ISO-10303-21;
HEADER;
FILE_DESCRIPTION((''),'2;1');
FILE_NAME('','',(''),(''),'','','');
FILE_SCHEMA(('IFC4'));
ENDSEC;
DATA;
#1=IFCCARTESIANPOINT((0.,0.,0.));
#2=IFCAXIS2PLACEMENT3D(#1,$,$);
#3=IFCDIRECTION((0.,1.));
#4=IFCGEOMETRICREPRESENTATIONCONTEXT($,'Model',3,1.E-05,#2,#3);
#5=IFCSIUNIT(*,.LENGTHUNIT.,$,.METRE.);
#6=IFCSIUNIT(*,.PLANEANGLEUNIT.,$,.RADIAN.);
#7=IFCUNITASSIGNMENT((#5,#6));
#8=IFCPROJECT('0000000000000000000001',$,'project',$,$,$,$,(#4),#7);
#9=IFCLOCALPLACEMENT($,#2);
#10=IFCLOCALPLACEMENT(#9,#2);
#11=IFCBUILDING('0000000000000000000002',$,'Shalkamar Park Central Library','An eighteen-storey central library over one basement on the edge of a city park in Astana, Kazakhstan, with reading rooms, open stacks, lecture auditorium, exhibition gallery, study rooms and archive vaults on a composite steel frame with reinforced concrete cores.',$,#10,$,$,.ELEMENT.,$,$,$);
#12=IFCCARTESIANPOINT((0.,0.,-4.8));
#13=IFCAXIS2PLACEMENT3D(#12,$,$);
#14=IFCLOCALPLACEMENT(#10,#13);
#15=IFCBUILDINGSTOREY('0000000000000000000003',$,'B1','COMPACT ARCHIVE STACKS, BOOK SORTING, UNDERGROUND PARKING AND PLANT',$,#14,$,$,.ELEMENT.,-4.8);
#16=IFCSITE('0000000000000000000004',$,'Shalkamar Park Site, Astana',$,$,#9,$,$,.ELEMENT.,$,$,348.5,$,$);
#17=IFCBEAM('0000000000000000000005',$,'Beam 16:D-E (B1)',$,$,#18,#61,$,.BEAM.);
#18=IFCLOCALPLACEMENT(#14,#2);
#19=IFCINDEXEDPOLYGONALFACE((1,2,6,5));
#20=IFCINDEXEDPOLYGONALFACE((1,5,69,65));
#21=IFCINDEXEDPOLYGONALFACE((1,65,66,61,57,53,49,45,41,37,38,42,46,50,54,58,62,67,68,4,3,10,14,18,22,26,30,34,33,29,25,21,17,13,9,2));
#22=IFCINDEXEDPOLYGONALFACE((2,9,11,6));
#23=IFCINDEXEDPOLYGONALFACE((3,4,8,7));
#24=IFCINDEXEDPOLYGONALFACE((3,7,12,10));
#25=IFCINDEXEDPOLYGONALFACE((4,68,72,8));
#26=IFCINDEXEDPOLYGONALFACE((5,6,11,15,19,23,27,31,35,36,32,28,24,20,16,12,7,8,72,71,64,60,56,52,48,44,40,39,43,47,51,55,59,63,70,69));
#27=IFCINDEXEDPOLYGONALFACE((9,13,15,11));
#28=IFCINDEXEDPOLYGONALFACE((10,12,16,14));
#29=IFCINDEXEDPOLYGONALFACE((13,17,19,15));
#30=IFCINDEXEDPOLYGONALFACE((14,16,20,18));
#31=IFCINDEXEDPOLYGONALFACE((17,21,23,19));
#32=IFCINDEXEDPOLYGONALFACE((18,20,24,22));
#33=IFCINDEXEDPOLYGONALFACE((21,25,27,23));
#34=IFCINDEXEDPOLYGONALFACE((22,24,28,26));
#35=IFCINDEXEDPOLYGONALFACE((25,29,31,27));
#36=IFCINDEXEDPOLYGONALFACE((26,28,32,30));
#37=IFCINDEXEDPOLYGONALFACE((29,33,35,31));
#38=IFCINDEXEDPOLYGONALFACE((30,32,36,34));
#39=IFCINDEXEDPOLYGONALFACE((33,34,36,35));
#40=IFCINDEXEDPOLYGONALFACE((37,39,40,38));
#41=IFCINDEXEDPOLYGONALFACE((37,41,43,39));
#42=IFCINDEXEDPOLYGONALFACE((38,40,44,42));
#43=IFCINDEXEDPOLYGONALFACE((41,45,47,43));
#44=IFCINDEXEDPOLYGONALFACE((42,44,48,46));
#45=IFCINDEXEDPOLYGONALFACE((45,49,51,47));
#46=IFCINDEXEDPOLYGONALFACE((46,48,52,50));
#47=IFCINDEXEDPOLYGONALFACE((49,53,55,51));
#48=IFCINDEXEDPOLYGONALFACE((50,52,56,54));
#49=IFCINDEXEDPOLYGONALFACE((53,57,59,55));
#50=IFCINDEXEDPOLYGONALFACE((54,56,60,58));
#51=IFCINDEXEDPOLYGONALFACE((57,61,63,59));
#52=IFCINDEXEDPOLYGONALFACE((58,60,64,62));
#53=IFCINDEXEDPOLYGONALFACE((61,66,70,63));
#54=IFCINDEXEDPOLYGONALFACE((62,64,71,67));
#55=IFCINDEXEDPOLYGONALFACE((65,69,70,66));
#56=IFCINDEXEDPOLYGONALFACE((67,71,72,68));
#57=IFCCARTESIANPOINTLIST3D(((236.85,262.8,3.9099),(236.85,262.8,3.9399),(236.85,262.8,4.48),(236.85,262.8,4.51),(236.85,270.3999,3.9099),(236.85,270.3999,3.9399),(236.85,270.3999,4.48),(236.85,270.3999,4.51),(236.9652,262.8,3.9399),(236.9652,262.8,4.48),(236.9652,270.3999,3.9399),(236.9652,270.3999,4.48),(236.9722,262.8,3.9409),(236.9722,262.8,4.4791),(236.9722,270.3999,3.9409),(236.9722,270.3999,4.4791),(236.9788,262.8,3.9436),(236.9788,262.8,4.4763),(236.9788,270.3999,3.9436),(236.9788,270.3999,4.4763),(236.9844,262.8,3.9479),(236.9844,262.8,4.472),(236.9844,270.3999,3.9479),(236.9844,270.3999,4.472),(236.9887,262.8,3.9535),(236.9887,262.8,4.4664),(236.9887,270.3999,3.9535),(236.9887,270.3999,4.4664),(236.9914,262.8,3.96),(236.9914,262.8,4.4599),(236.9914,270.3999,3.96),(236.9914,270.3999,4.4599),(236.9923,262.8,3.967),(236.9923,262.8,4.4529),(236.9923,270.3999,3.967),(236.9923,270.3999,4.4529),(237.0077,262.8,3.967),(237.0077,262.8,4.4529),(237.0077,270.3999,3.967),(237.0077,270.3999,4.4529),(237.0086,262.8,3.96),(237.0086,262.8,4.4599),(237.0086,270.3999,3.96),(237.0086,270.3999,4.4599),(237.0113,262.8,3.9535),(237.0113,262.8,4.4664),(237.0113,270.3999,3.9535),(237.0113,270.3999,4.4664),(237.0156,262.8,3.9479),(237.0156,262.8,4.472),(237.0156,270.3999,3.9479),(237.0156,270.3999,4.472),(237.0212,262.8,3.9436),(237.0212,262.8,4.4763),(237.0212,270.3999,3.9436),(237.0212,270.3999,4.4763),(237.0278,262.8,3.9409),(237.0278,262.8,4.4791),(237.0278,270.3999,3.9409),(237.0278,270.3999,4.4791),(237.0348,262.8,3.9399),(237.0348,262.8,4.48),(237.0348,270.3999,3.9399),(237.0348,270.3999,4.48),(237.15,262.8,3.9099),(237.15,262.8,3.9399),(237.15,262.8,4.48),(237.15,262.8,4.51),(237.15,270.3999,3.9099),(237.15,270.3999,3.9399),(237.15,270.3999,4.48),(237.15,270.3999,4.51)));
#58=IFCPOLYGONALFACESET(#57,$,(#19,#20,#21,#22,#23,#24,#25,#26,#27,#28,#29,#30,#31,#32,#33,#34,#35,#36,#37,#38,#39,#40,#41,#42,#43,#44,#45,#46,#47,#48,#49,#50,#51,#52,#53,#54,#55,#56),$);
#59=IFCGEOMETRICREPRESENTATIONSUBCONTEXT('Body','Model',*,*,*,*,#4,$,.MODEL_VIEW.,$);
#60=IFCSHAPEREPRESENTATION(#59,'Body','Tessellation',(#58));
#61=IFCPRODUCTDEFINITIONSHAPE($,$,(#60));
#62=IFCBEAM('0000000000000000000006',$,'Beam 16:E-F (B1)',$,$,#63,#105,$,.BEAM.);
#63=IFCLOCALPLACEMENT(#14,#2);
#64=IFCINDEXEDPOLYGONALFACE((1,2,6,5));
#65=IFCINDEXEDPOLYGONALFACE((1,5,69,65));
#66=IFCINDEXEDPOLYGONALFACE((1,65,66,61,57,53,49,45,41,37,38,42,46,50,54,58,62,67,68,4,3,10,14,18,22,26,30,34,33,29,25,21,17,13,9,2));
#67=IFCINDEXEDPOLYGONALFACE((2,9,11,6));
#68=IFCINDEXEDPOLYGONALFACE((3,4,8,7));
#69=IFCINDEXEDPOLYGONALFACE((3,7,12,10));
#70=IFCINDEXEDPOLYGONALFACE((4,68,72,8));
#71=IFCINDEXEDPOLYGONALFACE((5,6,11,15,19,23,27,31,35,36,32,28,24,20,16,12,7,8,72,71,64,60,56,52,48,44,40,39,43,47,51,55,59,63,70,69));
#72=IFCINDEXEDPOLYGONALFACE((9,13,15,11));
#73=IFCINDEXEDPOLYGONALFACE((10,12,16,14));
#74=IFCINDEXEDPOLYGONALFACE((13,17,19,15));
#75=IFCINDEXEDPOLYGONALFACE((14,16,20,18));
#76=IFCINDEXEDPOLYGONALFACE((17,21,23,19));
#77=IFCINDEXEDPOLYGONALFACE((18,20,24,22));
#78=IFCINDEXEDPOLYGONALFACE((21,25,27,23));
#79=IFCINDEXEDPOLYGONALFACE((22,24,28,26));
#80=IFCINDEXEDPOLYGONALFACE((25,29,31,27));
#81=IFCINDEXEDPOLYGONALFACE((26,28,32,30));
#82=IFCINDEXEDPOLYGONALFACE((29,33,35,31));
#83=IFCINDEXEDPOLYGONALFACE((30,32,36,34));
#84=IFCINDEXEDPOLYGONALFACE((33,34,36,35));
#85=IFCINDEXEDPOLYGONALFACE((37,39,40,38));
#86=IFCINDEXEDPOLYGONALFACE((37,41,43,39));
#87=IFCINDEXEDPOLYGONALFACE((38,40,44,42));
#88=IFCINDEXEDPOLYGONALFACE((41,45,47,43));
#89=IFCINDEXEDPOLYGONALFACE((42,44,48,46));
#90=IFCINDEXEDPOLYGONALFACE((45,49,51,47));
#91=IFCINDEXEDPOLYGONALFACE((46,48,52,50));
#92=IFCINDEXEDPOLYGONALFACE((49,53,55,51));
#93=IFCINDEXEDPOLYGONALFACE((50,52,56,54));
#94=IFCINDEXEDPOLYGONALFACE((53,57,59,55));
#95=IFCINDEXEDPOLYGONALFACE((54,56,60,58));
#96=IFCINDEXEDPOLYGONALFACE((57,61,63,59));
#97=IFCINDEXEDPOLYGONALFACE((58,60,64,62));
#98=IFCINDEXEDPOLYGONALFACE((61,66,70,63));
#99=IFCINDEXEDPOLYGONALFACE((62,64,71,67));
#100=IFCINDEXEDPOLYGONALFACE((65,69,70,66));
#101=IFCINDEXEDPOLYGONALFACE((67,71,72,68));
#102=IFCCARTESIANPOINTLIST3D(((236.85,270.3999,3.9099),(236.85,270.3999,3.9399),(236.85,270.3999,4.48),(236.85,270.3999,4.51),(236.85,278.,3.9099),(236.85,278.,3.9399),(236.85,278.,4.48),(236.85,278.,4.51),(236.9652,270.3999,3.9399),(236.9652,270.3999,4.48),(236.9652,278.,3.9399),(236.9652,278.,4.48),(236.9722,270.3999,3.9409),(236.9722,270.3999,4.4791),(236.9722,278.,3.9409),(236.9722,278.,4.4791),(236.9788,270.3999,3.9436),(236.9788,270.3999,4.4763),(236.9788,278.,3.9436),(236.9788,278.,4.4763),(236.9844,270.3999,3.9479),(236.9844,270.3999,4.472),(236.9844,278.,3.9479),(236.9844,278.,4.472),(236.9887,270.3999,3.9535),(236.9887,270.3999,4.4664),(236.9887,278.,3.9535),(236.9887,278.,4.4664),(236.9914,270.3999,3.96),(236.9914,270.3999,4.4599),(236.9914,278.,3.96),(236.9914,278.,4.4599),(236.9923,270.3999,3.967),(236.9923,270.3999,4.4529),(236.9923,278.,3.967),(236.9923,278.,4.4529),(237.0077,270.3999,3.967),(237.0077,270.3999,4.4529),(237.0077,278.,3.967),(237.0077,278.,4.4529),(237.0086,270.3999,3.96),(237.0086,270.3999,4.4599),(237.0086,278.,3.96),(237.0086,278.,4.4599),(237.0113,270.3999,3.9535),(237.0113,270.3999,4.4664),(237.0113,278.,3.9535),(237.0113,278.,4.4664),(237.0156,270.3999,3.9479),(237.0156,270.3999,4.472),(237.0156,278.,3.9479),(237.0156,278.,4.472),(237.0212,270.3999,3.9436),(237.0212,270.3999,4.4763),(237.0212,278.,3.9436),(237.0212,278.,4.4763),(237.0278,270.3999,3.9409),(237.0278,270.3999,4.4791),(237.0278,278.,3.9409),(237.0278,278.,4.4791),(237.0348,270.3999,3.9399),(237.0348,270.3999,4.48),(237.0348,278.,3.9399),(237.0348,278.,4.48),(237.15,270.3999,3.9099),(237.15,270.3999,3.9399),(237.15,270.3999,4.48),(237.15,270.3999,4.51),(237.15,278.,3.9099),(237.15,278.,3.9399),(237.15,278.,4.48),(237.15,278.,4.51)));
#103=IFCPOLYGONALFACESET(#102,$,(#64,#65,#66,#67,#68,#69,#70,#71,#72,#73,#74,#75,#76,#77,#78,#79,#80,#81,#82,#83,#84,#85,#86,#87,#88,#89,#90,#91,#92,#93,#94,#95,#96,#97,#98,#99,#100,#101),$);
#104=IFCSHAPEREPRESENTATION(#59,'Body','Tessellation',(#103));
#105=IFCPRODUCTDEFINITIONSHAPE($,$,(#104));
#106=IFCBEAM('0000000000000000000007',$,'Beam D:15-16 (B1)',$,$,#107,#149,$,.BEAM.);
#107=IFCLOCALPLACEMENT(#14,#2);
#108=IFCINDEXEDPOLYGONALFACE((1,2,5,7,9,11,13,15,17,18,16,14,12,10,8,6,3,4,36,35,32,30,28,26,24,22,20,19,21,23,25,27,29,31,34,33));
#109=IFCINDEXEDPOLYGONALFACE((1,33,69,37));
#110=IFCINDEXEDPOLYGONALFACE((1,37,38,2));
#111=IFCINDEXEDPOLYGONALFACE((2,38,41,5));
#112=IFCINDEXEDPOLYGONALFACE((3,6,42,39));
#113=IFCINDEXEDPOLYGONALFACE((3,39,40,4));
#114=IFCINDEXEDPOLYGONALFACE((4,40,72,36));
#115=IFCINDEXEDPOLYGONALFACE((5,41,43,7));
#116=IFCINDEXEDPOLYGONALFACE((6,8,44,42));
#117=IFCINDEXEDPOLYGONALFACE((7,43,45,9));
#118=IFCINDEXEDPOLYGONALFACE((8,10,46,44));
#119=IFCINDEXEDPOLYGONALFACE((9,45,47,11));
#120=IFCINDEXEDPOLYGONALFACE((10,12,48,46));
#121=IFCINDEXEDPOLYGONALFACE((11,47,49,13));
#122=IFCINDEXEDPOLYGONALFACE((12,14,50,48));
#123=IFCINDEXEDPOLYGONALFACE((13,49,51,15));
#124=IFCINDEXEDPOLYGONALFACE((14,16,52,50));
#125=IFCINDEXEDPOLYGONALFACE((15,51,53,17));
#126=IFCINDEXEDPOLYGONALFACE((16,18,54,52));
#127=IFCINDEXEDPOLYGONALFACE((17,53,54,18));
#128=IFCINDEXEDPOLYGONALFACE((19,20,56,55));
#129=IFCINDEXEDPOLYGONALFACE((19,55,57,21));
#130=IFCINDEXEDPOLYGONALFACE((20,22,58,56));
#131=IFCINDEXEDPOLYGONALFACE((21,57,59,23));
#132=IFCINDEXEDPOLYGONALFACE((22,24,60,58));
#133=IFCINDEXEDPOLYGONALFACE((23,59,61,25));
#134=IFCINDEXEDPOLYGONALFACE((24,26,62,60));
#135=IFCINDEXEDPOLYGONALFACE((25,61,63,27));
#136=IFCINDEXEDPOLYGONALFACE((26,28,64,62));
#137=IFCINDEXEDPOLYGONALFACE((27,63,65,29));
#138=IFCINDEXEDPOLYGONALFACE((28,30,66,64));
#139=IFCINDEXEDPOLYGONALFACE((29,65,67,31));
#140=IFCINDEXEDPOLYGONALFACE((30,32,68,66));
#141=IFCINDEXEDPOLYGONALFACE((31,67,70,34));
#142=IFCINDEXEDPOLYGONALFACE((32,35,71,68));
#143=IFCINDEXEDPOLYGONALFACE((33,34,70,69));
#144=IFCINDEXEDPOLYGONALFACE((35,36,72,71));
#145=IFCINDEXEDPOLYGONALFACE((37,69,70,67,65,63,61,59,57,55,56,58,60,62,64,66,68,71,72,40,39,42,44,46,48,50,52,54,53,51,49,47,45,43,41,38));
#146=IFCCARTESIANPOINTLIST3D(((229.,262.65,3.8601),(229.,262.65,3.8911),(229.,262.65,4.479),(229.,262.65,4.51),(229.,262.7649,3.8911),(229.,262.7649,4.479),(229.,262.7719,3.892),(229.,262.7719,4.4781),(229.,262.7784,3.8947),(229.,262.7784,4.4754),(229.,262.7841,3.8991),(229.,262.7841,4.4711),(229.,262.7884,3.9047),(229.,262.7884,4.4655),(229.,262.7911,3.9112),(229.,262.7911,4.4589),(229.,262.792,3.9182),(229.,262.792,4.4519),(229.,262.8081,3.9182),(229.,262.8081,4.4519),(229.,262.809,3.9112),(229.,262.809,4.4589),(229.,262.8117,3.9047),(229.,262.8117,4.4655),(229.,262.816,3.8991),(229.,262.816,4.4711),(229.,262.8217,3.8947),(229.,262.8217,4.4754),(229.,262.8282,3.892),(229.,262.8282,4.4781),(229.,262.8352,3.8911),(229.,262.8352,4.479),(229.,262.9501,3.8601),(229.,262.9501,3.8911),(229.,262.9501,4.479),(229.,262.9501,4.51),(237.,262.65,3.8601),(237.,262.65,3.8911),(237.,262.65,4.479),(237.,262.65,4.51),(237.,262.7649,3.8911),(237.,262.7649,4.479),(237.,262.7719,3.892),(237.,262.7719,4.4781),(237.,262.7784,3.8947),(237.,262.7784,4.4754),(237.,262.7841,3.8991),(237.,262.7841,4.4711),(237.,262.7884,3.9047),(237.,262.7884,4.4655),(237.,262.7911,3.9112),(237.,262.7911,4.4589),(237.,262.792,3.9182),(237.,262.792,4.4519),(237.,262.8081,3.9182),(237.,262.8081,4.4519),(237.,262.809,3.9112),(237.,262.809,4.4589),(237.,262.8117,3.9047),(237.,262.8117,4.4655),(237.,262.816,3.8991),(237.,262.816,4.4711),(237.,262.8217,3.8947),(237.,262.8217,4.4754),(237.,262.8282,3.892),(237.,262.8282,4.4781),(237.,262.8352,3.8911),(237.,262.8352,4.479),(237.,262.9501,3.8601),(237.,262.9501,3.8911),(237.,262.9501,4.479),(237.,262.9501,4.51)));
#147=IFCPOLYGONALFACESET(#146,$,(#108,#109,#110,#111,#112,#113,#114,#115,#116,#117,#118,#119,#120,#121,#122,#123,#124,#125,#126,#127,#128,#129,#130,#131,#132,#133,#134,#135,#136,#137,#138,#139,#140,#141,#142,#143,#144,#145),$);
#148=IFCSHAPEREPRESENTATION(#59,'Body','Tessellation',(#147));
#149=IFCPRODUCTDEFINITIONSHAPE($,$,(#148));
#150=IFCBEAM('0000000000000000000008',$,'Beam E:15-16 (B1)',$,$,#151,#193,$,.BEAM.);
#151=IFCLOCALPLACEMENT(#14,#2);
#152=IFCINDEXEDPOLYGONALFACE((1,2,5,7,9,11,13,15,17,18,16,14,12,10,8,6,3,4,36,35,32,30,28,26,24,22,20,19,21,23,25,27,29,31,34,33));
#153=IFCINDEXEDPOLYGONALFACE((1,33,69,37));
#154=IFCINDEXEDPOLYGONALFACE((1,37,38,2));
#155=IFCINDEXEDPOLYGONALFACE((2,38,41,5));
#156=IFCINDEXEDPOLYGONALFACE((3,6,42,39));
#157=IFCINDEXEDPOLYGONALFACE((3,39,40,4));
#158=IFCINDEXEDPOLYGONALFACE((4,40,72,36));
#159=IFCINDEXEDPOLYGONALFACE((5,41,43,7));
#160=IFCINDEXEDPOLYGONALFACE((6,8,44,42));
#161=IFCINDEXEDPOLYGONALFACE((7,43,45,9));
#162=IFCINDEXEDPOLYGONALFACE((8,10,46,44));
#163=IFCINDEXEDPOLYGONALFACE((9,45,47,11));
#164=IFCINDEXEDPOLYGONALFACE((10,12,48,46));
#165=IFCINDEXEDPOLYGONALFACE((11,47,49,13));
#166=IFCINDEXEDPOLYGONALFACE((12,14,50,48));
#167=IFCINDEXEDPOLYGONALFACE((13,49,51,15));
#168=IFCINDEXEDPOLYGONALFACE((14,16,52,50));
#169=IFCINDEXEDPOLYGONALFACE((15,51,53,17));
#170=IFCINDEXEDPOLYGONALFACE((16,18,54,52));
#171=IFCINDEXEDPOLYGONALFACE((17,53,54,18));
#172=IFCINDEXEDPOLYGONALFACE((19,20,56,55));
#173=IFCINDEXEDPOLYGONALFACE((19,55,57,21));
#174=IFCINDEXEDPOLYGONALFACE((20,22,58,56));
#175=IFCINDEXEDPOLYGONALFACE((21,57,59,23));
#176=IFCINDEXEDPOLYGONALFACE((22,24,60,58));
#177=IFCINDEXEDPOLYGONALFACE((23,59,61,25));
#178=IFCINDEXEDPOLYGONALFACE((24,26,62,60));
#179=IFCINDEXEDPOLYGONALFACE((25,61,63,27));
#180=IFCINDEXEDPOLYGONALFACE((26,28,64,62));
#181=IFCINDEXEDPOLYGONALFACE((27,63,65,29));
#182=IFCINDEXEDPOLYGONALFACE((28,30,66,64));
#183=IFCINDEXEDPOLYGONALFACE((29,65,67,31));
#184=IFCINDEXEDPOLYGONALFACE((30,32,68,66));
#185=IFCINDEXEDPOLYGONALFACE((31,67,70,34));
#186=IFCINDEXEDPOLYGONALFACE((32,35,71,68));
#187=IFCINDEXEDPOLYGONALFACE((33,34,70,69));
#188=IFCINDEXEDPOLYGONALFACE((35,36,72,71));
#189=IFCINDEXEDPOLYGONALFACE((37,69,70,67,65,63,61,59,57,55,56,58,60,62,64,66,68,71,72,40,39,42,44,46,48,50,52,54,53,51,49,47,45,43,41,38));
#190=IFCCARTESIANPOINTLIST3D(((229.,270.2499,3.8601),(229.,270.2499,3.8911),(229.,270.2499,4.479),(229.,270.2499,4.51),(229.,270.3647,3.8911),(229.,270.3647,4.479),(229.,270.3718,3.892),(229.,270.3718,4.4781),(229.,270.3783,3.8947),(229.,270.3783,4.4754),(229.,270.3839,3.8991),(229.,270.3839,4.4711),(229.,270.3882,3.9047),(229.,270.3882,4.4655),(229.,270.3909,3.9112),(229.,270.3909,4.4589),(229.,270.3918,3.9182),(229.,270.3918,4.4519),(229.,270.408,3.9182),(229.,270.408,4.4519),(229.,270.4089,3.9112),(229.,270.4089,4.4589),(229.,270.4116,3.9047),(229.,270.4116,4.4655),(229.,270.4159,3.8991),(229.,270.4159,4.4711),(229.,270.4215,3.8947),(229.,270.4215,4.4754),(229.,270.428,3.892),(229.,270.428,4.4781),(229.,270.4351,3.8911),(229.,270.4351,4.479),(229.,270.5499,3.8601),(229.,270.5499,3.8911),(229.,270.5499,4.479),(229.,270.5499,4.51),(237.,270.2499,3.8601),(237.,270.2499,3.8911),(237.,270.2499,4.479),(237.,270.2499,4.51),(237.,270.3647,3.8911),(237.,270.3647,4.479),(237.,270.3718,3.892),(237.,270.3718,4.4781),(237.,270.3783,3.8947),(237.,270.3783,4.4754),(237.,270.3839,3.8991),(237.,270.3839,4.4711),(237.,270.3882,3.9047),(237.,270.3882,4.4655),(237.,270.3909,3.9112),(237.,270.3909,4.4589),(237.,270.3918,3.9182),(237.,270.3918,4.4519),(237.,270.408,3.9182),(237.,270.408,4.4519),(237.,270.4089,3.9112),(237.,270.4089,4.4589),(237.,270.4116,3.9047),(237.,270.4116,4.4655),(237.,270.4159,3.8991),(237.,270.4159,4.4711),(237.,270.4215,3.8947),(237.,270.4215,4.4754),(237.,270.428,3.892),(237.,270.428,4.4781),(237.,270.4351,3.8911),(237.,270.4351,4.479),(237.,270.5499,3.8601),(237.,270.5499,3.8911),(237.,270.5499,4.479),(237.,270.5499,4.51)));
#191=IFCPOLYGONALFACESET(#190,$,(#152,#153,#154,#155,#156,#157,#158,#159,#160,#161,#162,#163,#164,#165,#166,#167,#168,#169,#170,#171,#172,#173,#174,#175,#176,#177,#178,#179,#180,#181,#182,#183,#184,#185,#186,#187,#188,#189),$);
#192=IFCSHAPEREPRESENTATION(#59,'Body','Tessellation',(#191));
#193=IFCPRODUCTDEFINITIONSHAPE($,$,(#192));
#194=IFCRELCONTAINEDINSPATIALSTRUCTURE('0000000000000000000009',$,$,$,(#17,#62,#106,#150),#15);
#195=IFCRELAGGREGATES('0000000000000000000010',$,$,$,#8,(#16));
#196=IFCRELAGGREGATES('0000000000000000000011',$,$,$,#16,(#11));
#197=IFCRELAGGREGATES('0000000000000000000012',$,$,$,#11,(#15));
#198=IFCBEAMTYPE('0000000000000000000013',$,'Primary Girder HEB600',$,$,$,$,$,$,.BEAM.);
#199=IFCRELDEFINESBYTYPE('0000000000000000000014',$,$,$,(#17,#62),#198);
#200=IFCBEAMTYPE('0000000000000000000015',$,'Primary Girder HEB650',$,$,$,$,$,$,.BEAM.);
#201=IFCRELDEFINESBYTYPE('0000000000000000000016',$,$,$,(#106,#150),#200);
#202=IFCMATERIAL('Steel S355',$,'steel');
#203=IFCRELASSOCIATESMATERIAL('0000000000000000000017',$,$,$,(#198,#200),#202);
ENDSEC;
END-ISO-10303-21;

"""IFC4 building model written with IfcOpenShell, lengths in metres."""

from ifc_helpers import new_model, si_unit, direction, frame, origin, origin_2d, place, context, subcontext, project, spatial, i_section, extrude, material, material_profile, profile_set, type_object, element, save


model = new_model("IFC4")

# Units and contexts
model_context = context("Model", 3, precision=1e-05, world=origin(), true_north=direction((0.0, 1.0)))
body_context = subcontext(model_context, "Body", "Model", "MODEL_VIEW")
ifc_project = project(units=[si_unit("LENGTHUNIT", "METRE"), si_unit("PLANEANGLEUNIT", "RADIAN")], contexts=[model_context])

# Site, building, storey
site_placement = place(None, origin())
site = spatial("IfcSite", under=ifc_project, at=site_placement, Name="Shalkamar Park Site, Astana", CompositionType="ELEMENT", RefElevation=348.5)
building_placement = place(site_placement, origin())
building = spatial("IfcBuilding", under=site, at=building_placement, Name="Shalkamar Park Central Library", Description="An eighteen-storey central library over one basement on the edge of a city park in Astana, Kazakhstan, with reading rooms, open stacks, lecture auditorium, exhibition gallery, study rooms and archive vaults on a composite steel frame with reinforced concrete cores.", CompositionType="ELEMENT")
storey_placement = place(building_placement, frame((0.0, 0.0, -4.8)))
storey = spatial("IfcBuildingStorey", under=building, at=storey_placement, Name="B1", Description="COMPACT ARCHIVE STACKS, BOOK SORTING, UNDERGROUND PARKING AND PLANT", CompositionType="ELEMENT", Elevation=-4.8)

# Shared definitions
ifc_material_1 = material(Name="Steel S355", Category="steel")

# Beams
ifc_material_profile_1 = material_profile(ifc_material_1, i_section(OverallWidth=0.3, OverallDepth=0.6001, WebThickness=0.0154, FlangeThickness=0.03, FilletRadius=0.0271, at=origin_2d()), Name="HEB 600")
ifc_profile_set_1 = profile_set([ifc_material_profile_1], Name="Steel S355")
beam_type_1 = type_object("IfcBeamType", Name="Primary Girder HEB600", PredefinedType="BEAM", material=ifc_profile_set_1)
beam_1_placement = place(storey_placement, frame((237.0, 262.8, 4.21), z_axis=(0.0, 1.0, 0.0), x_axis=(-1.0, 0.0, 0.0)))
element("IfcBeam", 1, at=beam_1_placement, inside=storey, type_object=beam_type_1, Name="Beam 16:D-E (B1)", PredefinedType="BEAM", context=body_context, shape_type="SweptSolid", body=[
    extrude(i_section(OverallWidth=0.3, OverallDepth=0.6001, WebThickness=0.0154, FlangeThickness=0.03, FilletRadius=0.0271, at=origin_2d()), origin(), (0.0, 0.0, 1.0), 7.5999),
])
beam_2_placement = place(storey_placement, frame((237.0, 270.3999, 4.21), z_axis=(0.0, 1.0, 0.0), x_axis=(-1.0, 0.0, 0.0)))
element("IfcBeam", 2, at=beam_2_placement, inside=storey, type_object=beam_type_1, Name="Beam 16:E-F (B1)", PredefinedType="BEAM", context=body_context, shape_type="SweptSolid", body=[
    extrude(i_section(OverallWidth=0.3, OverallDepth=0.6001, WebThickness=0.0154, FlangeThickness=0.03, FilletRadius=0.0271, at=origin_2d()), origin(), (0.0, 0.0, 1.0), 7.6001),
])
ifc_material_profile_2 = material_profile(ifc_material_1, i_section(OverallWidth=0.3, OverallDepth=0.6499, WebThickness=0.0161, FlangeThickness=0.031, FilletRadius=0.0271, at=origin_2d()), Name="HEB 650")
ifc_profile_set_2 = profile_set([ifc_material_profile_2], Name="Steel S355")
beam_type_2 = type_object("IfcBeamType", Name="Primary Girder HEB650", PredefinedType="BEAM", material=ifc_profile_set_2)
for number, where, z_axis, x_axis, name in (
    (3, (229.0, 262.8, 4.1851), (1.0, 0.0, 0.0), (0.0, 1.0, 0.0), "Beam D:15-16 (B1)"),
    (4, (229.0, 270.3999, 4.1851), (1.0, 0.0, 0.0), (0.0, 1.0, 0.0), "Beam E:15-16 (B1)"),
):
    element("IfcBeam", number, at=place(storey_placement, frame(where, z_axis=z_axis, x_axis=x_axis)), inside=storey, type_object=beam_type_2, Name=name, PredefinedType="BEAM", context=body_context, shape_type="SweptSolid", body=[
        extrude(i_section(OverallWidth=0.3, OverallDepth=0.6499, WebThickness=0.0161, FlangeThickness=0.031, FilletRadius=0.0271, at=origin_2d()), origin(), (0.0, 0.0, 1.0), 8.0),
    ])

save(model, "model.ifc")
